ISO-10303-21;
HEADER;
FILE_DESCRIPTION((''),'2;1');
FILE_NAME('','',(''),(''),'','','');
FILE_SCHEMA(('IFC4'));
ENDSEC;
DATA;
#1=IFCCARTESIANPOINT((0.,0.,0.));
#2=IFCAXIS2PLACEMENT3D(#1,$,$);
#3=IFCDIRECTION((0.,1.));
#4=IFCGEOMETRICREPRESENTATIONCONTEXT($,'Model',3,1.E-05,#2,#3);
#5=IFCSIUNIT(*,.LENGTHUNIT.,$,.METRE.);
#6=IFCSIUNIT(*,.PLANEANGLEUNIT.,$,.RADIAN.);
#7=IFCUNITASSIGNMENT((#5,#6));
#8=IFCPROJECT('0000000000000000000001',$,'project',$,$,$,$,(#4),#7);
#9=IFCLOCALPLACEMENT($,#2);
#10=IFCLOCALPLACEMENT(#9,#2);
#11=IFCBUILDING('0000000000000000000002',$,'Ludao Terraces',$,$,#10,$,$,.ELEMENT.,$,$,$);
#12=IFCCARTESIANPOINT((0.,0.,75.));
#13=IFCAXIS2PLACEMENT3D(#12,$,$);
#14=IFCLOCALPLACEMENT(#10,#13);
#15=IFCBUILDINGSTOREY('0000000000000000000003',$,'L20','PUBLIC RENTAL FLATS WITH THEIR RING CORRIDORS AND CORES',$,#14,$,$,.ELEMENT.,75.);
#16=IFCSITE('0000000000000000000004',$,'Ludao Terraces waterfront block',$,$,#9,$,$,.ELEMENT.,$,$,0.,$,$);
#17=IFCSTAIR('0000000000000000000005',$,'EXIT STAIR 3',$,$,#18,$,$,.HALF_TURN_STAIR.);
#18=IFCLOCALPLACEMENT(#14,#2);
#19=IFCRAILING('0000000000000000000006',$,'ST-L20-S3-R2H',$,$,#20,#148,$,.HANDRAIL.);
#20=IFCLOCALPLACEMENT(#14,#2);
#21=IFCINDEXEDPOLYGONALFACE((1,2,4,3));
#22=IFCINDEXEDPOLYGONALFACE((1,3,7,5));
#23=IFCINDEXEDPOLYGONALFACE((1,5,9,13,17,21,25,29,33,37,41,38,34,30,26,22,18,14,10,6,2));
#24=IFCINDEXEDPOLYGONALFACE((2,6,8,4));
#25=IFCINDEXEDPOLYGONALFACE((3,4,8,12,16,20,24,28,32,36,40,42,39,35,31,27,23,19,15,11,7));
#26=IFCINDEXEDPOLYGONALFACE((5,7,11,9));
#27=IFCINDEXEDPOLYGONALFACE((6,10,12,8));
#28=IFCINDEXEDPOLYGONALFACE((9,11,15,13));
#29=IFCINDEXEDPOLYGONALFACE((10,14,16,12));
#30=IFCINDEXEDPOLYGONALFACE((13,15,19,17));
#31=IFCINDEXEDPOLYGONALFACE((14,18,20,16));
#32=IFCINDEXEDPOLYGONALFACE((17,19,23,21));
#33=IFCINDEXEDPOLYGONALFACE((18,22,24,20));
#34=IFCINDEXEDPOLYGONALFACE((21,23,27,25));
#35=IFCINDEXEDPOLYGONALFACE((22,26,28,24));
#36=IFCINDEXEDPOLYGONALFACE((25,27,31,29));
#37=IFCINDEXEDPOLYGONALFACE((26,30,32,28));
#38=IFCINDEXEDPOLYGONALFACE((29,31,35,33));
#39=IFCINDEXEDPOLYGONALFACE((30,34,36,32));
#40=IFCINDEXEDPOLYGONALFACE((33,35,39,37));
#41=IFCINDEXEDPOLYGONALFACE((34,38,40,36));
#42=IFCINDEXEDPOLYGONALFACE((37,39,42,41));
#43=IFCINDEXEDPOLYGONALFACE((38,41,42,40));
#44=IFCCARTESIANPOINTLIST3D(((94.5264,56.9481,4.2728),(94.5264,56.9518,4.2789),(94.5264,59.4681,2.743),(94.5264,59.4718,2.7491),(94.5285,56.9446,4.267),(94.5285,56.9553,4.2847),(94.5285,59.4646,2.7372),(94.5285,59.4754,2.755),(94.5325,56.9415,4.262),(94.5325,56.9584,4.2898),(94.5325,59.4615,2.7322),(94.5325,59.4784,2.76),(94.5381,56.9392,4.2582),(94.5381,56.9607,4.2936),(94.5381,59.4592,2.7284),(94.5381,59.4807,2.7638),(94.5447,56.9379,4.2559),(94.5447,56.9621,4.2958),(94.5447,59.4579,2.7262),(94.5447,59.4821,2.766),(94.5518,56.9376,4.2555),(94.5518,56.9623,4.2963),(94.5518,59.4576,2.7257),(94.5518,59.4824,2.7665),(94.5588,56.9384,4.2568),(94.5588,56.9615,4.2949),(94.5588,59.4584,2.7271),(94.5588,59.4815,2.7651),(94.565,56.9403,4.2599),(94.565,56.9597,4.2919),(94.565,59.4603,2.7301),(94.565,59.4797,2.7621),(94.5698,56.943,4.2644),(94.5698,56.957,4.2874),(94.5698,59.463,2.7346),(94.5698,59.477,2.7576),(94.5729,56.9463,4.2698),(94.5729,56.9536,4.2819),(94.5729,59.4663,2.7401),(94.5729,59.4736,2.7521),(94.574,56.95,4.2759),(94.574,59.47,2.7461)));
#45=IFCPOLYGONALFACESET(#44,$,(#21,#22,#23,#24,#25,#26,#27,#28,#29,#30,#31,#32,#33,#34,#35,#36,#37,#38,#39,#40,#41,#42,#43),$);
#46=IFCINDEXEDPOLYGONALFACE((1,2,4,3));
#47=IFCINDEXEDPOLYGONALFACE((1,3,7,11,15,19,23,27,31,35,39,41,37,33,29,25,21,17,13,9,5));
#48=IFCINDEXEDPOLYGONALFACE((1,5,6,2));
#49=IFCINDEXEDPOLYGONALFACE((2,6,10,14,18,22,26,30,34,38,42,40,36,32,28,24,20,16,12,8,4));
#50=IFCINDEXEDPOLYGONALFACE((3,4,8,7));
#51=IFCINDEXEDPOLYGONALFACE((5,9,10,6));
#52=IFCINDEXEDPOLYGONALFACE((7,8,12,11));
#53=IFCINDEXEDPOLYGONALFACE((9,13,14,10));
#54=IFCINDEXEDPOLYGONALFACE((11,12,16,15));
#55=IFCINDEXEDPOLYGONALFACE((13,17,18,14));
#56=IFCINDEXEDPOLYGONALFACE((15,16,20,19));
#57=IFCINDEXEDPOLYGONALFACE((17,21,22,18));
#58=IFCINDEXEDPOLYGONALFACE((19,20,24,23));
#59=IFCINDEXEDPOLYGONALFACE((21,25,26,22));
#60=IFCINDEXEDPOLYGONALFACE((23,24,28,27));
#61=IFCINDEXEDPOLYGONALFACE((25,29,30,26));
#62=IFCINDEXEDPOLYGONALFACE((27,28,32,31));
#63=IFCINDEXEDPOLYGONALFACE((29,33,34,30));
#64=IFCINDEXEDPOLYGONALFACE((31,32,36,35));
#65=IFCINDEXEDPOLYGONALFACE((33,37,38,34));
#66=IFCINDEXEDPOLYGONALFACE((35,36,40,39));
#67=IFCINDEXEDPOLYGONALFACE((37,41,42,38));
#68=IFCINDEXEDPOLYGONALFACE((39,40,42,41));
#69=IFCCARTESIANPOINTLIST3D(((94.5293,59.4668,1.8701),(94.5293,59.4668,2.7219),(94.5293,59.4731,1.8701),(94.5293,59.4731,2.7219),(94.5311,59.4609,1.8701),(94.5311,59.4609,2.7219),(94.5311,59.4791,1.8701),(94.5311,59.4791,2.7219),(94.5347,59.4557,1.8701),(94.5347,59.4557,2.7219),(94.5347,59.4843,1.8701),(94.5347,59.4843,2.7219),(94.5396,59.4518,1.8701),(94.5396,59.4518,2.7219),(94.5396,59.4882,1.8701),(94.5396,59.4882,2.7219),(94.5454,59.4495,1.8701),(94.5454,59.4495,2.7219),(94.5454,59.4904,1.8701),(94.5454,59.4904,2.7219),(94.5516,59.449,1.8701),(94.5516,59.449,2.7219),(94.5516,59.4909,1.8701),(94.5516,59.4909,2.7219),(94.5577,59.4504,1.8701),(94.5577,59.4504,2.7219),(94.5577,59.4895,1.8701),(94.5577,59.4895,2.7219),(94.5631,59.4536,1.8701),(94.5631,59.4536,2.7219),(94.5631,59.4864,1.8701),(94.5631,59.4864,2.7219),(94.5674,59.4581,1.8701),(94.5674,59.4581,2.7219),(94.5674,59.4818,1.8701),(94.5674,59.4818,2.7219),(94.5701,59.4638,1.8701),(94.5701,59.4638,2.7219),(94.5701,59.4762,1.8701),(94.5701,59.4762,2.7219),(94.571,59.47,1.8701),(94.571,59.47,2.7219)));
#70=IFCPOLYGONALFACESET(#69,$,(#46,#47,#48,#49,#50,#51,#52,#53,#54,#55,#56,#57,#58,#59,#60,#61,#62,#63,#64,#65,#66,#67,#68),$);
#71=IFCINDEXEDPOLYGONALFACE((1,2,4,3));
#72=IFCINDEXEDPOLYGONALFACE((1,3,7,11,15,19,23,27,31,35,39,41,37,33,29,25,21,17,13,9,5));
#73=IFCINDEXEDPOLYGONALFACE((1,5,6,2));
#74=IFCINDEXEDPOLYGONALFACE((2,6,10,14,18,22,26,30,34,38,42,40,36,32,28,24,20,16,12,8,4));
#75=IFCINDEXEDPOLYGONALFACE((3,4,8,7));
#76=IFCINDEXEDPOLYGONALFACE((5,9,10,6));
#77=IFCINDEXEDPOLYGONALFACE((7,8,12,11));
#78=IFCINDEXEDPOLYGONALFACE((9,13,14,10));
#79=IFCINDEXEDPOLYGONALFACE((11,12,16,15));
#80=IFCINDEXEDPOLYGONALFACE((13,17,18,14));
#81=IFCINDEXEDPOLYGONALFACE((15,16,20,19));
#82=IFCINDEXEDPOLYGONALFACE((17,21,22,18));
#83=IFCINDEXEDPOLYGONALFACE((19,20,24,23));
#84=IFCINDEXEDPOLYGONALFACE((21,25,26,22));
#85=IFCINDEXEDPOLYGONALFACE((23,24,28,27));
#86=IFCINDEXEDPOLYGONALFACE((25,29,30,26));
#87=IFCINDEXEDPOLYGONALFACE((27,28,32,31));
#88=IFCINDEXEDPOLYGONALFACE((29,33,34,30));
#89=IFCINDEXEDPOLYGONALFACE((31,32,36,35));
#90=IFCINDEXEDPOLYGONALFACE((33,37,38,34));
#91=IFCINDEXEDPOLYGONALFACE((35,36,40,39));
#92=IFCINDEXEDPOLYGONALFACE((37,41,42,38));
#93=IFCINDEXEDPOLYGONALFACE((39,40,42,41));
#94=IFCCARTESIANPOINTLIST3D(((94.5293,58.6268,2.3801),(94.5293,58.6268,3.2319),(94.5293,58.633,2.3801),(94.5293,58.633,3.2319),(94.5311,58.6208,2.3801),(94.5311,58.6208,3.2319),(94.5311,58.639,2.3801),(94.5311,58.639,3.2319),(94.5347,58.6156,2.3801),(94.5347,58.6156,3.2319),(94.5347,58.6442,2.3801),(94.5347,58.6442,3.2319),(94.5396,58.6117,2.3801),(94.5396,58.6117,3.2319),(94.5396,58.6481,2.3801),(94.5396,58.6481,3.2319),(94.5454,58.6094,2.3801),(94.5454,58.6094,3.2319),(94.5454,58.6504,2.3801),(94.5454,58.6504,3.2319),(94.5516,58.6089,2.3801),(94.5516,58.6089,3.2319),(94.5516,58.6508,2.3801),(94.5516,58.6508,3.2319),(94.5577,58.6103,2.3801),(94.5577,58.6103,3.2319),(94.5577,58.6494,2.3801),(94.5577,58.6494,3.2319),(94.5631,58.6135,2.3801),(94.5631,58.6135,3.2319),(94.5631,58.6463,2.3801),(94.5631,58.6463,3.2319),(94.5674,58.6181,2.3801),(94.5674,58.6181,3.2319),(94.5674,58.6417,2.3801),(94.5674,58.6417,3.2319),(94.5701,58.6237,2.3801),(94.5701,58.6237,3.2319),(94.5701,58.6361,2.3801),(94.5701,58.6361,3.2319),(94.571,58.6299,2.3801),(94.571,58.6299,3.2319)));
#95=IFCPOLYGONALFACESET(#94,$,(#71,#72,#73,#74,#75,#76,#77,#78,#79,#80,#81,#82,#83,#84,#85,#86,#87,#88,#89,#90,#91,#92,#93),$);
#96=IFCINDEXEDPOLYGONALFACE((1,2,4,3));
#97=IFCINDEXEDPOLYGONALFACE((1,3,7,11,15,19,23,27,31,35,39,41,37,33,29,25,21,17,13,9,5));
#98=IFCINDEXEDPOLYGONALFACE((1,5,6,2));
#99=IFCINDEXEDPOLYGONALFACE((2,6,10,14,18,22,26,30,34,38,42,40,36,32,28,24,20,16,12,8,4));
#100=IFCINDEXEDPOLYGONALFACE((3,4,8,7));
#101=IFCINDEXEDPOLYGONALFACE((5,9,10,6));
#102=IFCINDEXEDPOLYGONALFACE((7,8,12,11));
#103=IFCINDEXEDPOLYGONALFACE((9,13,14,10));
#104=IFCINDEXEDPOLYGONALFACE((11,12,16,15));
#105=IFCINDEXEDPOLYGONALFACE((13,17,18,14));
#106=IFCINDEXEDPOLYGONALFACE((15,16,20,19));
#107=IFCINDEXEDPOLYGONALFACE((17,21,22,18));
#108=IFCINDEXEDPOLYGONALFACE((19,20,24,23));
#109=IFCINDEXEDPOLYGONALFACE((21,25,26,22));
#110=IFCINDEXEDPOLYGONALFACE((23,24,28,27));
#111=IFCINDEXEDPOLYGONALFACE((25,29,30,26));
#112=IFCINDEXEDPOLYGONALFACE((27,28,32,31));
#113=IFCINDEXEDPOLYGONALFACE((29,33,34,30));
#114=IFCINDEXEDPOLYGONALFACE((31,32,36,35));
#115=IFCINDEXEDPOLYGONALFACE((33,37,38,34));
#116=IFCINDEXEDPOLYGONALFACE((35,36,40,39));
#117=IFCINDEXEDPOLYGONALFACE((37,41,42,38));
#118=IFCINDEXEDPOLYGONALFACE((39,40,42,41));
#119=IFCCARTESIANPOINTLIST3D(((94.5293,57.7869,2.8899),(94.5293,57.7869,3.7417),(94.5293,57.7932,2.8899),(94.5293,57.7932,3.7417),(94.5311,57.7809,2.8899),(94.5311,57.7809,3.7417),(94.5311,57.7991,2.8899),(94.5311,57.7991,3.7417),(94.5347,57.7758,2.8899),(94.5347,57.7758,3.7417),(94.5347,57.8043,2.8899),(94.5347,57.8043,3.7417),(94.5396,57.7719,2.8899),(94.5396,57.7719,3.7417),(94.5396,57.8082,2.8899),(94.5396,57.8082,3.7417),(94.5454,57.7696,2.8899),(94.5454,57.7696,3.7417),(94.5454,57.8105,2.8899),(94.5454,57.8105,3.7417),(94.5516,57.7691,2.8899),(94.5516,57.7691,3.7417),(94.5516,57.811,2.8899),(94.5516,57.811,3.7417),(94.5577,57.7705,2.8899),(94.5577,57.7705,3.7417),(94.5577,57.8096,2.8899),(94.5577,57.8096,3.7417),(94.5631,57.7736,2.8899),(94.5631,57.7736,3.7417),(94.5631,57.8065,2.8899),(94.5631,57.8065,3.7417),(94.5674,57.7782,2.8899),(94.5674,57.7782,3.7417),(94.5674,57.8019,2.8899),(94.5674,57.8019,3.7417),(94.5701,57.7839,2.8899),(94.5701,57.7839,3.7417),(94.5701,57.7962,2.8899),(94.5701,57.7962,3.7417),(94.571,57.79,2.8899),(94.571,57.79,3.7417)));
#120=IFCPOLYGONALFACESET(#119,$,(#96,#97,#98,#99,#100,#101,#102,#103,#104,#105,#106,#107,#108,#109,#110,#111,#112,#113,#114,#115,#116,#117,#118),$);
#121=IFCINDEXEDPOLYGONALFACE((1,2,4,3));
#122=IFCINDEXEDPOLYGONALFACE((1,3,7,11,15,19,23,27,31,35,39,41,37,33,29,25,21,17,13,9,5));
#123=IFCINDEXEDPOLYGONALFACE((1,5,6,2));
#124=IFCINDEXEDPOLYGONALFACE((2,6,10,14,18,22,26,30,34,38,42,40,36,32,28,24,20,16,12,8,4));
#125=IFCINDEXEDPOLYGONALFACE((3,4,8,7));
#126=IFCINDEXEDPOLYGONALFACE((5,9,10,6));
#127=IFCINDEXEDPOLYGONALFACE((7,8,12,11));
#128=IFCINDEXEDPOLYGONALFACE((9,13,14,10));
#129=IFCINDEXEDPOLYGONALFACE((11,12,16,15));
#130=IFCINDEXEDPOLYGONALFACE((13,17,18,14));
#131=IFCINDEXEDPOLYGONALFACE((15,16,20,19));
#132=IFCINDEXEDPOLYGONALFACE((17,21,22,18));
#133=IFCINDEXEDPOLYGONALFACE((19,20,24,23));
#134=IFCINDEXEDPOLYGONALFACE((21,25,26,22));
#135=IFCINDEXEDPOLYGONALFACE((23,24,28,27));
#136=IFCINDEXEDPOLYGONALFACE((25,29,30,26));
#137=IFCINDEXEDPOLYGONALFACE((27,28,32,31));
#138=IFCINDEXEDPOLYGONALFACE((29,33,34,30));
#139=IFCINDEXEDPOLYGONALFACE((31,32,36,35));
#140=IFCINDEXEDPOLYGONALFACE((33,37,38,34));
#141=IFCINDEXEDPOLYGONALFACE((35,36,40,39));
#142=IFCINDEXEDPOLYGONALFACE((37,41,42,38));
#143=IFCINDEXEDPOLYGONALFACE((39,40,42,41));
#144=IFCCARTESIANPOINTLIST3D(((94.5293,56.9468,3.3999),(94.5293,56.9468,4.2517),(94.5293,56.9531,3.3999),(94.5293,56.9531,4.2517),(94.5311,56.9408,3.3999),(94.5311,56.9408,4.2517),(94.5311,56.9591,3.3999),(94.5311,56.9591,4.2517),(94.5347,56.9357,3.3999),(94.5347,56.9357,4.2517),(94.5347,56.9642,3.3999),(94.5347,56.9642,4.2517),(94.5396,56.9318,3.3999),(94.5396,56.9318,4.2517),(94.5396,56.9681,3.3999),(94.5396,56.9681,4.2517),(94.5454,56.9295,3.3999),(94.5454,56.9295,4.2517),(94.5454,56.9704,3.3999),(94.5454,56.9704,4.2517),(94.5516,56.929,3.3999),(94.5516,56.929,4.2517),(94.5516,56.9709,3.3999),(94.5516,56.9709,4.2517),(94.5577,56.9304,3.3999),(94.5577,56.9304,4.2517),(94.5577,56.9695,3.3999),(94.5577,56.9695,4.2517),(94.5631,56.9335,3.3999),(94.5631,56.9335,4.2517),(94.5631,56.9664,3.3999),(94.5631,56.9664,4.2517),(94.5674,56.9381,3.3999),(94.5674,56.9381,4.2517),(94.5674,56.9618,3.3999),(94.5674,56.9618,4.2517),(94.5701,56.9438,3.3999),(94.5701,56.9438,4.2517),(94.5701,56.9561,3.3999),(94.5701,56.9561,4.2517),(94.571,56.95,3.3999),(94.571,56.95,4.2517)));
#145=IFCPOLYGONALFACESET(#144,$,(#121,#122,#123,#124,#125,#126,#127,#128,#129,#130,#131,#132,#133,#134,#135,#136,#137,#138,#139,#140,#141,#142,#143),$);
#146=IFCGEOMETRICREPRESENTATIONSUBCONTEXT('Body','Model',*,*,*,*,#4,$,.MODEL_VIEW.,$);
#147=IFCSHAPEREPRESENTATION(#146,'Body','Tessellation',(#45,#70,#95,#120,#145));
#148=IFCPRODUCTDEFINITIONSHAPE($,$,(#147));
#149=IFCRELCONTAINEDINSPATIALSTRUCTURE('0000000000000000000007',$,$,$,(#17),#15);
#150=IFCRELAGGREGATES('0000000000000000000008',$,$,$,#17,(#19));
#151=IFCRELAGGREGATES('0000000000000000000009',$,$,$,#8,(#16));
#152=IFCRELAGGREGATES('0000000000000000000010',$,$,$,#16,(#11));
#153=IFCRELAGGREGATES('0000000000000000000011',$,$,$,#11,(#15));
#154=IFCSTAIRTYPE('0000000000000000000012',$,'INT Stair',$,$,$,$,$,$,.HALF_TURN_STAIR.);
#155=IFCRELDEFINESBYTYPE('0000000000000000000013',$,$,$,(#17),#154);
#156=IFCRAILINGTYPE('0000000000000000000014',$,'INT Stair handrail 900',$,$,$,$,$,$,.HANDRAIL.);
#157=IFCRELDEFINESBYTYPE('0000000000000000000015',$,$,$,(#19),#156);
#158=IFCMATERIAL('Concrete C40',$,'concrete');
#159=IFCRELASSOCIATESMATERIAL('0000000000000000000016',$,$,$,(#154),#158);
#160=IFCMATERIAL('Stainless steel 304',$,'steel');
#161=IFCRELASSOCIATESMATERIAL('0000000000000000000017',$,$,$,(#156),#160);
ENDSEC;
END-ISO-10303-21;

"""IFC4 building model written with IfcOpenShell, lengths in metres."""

from ifc_helpers import new_model, si_unit, direction, frame, origin, origin_2d, place, context, subcontext, project, spatial, circle, extrude, material, type_object, element, aggregate, save


model = new_model("IFC4")

# Units and contexts
model_context = context("Model", 3, precision=1e-05, world=origin(), true_north=direction((0.0, 1.0)))
body_context = subcontext(model_context, "Body", "Model", "MODEL_VIEW")
ifc_project = project(units=[si_unit("LENGTHUNIT", "METRE"), si_unit("PLANEANGLEUNIT", "RADIAN")], contexts=[model_context])

# Site, building, storey
site_placement = place(None, origin())
site = spatial("IfcSite", under=ifc_project, at=site_placement, Name="Ludao Terraces waterfront block", CompositionType="ELEMENT", RefElevation=0.0)
building_placement = place(site_placement, origin())
building = spatial("IfcBuilding", under=site, at=building_placement, Name="Ludao Terraces", CompositionType="ELEMENT")
storey_placement = place(building_placement, frame((0.0, 0.0, 75.0)))
storey = spatial("IfcBuildingStorey", under=building, at=storey_placement, Name="L20", Description="PUBLIC RENTAL FLATS WITH THEIR RING CORRIDORS AND CORES", CompositionType="ELEMENT", Elevation=75.0)

# Stair, railing
ifc_material_1 = material(Name="Concrete C40", Category="concrete")
stair_type = type_object("IfcStairType", Name="INT Stair", PredefinedType="HALF_TURN_STAIR", material=ifc_material_1)
stair_placement = place(storey_placement, origin())
stair = element("IfcStair", 1, at=stair_placement, inside=storey, type_object=stair_type, Name="EXIT STAIR 3", PredefinedType="HALF_TURN_STAIR")
ifc_material_2 = material(Name="Stainless steel 304", Category="steel")
railing_type_1 = type_object("IfcRailingType", Name="INT Stair handrail 900", PredefinedType="HANDRAIL", material=ifc_material_2)
railing_1_placement = place(storey_placement, frame((94.55, 59.47, 1.8701)))
railing_1 = element("IfcRailing", 2, at=railing_1_placement, type_object=railing_type_1, Name="ST-L20-S3-R2H", PredefinedType="HANDRAIL", context=body_context, shape_type="SweptSolid", body=[
    extrude(circle(Radius=0.0239, at=origin_2d()), frame((0.0, 0.0, 0.876), z_axis=(0.0, -0.854822, 0.518922), x_axis=(1.0, 0.0, 0.0)), (0.0, 0.0, 1.0), 2.948),
    extrude(circle(Radius=0.021, at=origin_2d()), origin(), (0.0, 0.0, 1.0), 0.8518),
    extrude(circle(Radius=0.021, at=origin_2d()), frame((0.0, -0.8401, 0.51)), (0.0, 0.0, 1.0), 0.8518),
    extrude(circle(Radius=0.021, at=origin_2d()), frame((0.0, -1.6799, 1.0198)), (0.0, 0.0, 1.0), 0.8518),
    extrude(circle(Radius=0.021, at=origin_2d()), frame((0.0, -2.52, 1.5298)), (0.0, 0.0, 1.0), 0.8518),
])
aggregate(stair, [railing_1])

save(model, "model.ifc")
